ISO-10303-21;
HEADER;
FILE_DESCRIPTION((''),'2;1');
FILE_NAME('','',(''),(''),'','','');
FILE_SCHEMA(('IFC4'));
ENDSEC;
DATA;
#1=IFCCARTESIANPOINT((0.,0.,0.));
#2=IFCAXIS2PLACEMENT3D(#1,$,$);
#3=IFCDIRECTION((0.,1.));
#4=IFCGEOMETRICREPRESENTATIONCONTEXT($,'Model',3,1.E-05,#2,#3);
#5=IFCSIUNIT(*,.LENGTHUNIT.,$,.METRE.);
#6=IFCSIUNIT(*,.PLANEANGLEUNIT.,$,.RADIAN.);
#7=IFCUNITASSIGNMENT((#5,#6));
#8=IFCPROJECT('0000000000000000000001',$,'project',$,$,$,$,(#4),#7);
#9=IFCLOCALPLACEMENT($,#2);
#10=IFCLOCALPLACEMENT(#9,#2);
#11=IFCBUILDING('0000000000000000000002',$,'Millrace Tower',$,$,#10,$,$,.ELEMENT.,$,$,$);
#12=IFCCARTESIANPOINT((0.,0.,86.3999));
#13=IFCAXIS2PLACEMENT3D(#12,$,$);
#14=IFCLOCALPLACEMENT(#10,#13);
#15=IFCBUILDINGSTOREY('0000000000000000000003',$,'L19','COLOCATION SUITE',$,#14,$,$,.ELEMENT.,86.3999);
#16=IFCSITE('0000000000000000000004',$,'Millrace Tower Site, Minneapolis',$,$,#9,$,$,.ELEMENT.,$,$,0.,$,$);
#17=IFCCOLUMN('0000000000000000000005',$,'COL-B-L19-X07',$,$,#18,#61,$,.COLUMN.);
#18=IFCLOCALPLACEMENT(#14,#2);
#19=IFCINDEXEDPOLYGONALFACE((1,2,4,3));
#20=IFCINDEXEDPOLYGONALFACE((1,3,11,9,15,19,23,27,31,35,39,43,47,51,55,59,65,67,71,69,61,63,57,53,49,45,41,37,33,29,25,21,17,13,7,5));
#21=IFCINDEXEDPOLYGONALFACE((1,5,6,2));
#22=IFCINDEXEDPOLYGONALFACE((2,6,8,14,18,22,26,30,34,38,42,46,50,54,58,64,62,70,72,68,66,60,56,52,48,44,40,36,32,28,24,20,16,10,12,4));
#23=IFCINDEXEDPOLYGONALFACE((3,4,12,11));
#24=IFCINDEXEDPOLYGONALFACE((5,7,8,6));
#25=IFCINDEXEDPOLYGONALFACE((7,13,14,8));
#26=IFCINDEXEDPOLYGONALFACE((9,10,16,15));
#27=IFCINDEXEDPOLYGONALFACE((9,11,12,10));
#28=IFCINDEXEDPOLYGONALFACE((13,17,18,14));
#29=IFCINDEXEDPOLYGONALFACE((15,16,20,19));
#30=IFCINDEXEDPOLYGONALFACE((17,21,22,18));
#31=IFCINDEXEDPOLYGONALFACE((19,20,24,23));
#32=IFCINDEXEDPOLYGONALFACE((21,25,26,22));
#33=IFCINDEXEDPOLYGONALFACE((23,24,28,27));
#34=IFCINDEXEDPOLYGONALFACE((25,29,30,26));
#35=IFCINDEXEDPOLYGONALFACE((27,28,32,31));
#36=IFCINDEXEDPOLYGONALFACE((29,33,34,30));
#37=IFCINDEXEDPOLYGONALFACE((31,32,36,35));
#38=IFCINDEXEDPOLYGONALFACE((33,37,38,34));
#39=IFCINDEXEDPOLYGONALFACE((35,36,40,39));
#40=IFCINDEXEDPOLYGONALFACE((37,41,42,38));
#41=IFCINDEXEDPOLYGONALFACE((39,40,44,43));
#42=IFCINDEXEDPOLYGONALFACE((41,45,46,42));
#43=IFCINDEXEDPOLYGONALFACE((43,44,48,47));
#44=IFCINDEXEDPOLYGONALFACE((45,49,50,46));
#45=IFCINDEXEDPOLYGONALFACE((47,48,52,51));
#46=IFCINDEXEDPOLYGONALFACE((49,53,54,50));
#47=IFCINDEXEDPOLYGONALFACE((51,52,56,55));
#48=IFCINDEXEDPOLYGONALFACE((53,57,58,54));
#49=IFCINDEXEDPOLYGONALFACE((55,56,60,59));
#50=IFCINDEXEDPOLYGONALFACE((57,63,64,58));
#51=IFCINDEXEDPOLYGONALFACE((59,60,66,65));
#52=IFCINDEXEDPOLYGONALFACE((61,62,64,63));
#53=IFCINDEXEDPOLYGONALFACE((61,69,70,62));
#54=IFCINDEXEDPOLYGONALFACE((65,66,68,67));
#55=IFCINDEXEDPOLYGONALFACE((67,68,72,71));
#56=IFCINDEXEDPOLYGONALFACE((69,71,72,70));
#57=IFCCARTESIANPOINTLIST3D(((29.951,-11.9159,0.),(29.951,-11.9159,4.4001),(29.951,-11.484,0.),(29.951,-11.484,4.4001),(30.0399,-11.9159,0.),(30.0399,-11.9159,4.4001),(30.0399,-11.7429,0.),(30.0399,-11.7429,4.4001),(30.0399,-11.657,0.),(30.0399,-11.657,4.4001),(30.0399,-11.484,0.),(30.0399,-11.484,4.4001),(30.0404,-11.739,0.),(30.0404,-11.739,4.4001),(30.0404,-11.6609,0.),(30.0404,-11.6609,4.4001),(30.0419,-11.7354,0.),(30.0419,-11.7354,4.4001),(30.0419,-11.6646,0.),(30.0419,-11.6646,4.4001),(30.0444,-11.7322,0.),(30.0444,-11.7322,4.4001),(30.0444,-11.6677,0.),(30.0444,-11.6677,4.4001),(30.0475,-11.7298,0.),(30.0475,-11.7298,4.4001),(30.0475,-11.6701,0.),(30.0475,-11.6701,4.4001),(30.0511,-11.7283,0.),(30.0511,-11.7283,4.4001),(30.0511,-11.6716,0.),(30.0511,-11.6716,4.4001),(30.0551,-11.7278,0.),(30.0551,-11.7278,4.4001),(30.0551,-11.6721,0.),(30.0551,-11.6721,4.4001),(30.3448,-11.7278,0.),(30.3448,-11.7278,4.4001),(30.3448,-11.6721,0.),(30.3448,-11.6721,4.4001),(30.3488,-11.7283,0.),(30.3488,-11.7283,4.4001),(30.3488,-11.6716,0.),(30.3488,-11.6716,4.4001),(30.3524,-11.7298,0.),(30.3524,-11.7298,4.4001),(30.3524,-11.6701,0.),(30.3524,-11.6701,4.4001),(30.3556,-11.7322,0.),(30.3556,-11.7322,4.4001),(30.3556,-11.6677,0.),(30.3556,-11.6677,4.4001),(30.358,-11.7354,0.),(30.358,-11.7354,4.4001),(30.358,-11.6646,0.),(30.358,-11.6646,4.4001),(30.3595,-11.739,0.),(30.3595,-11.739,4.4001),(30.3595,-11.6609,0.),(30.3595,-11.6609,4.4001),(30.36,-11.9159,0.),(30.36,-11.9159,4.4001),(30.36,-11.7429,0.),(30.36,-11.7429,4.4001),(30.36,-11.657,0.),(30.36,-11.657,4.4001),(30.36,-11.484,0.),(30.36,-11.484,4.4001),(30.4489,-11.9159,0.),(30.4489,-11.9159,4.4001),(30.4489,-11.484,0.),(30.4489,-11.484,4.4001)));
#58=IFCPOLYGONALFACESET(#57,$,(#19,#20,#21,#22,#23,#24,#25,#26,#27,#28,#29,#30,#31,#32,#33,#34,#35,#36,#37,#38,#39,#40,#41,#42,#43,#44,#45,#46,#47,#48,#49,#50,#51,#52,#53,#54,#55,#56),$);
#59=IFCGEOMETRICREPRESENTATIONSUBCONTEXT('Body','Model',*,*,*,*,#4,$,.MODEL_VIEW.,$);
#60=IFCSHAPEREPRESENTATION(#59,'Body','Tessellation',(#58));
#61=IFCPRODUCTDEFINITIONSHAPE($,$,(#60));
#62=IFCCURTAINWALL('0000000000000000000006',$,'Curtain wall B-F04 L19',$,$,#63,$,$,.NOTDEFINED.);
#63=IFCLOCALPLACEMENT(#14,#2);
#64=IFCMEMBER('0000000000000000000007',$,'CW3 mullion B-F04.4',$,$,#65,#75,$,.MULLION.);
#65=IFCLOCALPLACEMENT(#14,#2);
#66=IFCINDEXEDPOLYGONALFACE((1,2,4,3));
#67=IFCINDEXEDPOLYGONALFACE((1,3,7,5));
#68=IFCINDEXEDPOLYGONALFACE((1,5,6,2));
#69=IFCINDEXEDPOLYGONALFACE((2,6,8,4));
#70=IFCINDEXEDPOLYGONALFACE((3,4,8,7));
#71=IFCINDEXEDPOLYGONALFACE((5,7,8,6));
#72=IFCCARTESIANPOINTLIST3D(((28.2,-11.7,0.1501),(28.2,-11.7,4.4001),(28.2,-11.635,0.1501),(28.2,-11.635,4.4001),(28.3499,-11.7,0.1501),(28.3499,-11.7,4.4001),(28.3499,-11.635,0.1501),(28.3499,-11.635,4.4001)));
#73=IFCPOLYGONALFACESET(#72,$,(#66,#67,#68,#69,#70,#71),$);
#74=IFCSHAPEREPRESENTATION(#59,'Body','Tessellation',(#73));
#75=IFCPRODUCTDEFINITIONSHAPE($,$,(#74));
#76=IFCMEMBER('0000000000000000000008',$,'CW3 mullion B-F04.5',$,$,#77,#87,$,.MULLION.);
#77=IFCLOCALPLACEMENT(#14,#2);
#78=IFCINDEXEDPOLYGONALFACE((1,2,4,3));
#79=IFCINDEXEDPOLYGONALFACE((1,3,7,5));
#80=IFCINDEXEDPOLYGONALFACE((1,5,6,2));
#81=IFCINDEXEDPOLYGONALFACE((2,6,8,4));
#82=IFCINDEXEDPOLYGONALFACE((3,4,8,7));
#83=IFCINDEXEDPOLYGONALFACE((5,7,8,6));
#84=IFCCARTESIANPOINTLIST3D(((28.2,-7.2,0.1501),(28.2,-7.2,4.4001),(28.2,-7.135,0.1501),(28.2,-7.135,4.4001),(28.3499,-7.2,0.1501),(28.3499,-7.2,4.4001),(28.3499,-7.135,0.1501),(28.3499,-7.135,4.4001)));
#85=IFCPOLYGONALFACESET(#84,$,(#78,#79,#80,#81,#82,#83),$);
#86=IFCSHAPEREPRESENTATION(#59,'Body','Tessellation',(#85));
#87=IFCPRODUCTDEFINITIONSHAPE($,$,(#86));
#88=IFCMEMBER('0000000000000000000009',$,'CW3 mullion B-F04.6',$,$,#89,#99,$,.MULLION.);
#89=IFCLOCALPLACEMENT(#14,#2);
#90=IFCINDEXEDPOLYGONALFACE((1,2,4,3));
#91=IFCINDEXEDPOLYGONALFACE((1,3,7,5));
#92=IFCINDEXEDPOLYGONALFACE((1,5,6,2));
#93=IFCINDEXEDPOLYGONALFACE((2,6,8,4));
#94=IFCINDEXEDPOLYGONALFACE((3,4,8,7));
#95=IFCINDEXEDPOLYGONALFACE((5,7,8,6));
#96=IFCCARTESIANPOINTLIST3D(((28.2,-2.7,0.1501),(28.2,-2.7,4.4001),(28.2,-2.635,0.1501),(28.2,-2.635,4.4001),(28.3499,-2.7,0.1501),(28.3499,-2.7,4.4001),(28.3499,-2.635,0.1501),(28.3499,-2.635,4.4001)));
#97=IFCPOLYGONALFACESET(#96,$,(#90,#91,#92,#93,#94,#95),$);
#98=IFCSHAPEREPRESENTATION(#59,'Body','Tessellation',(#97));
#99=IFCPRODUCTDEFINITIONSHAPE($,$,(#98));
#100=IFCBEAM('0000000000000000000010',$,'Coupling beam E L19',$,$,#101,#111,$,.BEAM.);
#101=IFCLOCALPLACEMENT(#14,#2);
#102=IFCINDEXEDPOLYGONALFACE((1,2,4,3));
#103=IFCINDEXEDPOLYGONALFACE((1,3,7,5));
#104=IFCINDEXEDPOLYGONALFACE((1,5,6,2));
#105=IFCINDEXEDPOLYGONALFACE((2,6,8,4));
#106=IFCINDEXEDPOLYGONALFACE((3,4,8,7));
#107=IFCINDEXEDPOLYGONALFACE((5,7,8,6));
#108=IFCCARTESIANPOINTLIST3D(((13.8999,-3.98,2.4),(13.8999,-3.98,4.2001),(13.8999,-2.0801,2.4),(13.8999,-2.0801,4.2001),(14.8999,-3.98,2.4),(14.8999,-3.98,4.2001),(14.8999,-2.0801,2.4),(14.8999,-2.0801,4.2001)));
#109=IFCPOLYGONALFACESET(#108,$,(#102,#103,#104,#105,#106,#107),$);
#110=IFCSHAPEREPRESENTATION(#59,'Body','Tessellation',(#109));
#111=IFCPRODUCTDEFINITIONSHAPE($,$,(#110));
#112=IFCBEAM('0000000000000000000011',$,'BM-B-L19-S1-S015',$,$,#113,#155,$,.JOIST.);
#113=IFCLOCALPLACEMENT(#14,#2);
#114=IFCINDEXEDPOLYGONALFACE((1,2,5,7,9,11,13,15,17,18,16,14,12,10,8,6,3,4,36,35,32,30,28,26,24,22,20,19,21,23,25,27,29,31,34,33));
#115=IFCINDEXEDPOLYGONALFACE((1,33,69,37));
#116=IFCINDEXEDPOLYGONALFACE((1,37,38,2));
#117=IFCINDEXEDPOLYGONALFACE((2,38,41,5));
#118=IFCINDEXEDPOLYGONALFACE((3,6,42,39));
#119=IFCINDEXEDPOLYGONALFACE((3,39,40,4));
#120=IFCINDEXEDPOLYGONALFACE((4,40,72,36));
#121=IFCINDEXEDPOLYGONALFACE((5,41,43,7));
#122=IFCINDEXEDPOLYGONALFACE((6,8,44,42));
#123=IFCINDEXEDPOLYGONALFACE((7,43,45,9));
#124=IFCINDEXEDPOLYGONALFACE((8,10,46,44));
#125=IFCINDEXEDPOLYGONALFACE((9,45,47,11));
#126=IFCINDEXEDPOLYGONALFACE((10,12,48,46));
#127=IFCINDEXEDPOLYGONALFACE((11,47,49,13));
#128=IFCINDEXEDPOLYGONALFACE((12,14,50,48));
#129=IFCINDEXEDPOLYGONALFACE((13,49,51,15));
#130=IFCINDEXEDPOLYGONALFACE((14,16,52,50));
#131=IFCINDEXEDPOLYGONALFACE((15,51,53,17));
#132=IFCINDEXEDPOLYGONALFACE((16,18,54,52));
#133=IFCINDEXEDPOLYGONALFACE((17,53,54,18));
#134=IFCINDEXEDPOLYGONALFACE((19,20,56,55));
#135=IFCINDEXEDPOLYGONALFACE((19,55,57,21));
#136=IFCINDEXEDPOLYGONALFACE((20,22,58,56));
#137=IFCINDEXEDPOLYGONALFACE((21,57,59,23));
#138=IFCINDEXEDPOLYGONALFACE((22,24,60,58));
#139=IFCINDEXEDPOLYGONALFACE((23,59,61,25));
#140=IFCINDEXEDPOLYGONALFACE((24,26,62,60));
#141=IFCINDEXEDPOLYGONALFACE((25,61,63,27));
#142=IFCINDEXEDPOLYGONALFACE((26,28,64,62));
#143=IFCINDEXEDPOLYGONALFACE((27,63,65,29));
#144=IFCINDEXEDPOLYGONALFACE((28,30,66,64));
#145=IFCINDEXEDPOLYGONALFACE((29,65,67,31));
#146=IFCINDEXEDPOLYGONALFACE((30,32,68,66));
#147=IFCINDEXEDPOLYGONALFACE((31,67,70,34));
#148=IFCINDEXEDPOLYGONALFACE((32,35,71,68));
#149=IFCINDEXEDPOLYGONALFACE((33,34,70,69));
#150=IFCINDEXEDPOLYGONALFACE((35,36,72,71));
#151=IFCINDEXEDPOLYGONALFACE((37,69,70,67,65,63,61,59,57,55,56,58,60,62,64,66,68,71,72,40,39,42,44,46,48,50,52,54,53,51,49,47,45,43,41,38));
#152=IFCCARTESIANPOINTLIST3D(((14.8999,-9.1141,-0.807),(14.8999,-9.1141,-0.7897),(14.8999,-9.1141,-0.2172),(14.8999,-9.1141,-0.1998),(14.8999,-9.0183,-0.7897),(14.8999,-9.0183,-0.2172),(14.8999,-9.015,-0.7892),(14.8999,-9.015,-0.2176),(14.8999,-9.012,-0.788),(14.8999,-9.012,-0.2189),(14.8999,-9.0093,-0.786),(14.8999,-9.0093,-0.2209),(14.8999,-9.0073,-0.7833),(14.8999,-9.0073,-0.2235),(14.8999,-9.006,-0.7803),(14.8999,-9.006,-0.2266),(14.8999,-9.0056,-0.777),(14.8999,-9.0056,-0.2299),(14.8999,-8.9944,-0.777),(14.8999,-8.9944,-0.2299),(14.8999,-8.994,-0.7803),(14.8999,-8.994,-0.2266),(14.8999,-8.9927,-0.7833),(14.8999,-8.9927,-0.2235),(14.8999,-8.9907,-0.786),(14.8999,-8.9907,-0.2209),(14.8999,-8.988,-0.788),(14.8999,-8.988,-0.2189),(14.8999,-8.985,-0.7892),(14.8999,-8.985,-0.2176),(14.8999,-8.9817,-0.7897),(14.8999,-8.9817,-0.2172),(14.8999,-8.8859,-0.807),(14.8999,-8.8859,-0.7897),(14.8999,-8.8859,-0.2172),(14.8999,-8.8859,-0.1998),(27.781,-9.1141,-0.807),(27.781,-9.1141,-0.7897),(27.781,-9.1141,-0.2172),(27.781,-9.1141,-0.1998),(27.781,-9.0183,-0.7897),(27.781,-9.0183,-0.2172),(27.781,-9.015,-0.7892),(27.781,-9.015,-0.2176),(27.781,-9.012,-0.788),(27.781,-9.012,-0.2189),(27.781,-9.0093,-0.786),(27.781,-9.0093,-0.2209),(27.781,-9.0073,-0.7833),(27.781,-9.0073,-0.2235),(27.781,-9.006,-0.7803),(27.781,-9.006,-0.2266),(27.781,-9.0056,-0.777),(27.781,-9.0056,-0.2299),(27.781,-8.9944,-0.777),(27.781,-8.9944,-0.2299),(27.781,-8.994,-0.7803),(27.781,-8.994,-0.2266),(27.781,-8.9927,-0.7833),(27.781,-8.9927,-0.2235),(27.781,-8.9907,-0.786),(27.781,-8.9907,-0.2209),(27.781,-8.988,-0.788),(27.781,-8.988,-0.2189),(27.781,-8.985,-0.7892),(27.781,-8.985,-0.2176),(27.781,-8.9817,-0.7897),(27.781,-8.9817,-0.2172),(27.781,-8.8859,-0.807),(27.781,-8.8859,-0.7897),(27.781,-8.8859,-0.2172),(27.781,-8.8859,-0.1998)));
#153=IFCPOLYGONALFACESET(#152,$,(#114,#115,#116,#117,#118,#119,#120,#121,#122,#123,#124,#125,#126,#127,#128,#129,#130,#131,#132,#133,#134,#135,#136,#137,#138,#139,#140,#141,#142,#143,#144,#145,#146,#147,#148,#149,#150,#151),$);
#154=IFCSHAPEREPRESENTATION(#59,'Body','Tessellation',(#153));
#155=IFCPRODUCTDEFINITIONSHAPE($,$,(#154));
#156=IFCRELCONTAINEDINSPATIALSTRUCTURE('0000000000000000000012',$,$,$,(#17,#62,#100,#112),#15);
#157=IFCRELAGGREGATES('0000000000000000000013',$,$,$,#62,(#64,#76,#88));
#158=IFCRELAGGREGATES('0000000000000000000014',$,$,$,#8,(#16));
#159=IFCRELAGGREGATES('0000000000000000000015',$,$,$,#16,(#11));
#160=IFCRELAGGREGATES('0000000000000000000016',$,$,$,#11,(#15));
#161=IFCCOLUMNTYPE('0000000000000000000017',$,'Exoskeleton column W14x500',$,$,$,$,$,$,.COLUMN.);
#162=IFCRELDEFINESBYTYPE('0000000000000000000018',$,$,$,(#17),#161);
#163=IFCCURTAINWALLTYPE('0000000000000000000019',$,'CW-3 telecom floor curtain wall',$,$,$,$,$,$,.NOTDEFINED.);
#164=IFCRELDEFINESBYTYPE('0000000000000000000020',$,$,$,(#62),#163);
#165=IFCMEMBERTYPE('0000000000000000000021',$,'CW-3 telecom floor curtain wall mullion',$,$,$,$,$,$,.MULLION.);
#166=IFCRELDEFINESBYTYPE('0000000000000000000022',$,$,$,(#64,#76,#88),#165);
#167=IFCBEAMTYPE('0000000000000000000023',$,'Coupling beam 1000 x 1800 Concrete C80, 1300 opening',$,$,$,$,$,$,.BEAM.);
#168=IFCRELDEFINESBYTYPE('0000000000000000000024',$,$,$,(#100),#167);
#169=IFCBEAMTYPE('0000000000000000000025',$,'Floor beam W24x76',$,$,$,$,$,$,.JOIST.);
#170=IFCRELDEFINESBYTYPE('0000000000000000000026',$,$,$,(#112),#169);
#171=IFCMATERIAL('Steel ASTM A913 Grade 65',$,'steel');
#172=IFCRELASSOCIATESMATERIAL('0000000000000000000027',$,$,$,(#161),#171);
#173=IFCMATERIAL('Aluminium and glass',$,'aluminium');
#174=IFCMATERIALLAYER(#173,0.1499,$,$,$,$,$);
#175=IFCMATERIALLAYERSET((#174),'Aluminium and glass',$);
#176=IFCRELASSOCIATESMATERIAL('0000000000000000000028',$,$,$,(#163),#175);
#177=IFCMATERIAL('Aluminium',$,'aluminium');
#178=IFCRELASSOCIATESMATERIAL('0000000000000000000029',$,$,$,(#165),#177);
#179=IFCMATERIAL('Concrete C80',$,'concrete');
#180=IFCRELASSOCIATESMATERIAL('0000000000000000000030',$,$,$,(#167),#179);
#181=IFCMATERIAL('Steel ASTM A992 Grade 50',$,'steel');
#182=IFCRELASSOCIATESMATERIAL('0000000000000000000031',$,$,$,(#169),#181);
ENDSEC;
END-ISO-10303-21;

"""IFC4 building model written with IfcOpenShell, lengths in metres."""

from ifc_helpers import new_model, si_unit, direction, frame, origin, origin_2d, place, context, subcontext, project, spatial, rectangle, i_section, extrude, material, layer, layer_set, material_profile, profile_set, type_object, element, aggregate, save


model = new_model("IFC4")

# Units and contexts
model_context = context("Model", 3, precision=1e-05, world=origin(), true_north=direction((0.0, 1.0)))
body_context = subcontext(model_context, "Body", "Model", "MODEL_VIEW")
ifc_project = project(units=[si_unit("LENGTHUNIT", "METRE"), si_unit("PLANEANGLEUNIT", "RADIAN")], contexts=[model_context])

# Site, building, storey
site_placement = place(None, origin())
site = spatial("IfcSite", under=ifc_project, at=site_placement, Name="Millrace Tower Site, Minneapolis", CompositionType="ELEMENT", RefElevation=0.0)
building_placement = place(site_placement, origin())
building = spatial("IfcBuilding", under=site, at=building_placement, Name="Millrace Tower", CompositionType="ELEMENT")
storey_placement = place(building_placement, frame((0.0, 0.0, 86.3999)))
storey = spatial("IfcBuildingStorey", under=building, at=storey_placement, Name="L19", Description="COLOCATION SUITE", CompositionType="ELEMENT", Elevation=86.3999)

# Column
ifc_material_1 = material(Name="Steel ASTM A913 Grade 65", Category="steel")
ifc_material_profile_1 = material_profile(ifc_material_1, i_section(OverallWidth=0.4319, OverallDepth=0.4978, WebThickness=0.0557, FlangeThickness=0.0889, FilletRadius=0.0151, at=origin_2d()))
ifc_profile_set_1 = profile_set([ifc_material_profile_1], Name="Steel ASTM A913 Grade 65")
column_type = type_object("IfcColumnType", Name="Exoskeleton column W14x500", PredefinedType="COLUMN", material=ifc_profile_set_1)
column_placement = place(storey_placement, frame((30.2, -11.7, 0.0), z_axis=(0.0, 0.0, 1.0), x_axis=(0.0, 1.0, 0.0)))
element("IfcColumn", 1, at=column_placement, inside=storey, type_object=column_type, Name="COL-B-L19-X07", PredefinedType="COLUMN", context=body_context, shape_type="SweptSolid", body=[
    extrude(i_section(OverallWidth=0.4319, OverallDepth=0.4978, WebThickness=0.0557, FlangeThickness=0.0889, FilletRadius=0.0151, at=origin_2d()), origin(), (0.0, 0.0, 1.0), 4.4001),
])

# Curtain wall, members
ifc_material_2 = material(Name="Aluminium and glass", Category="aluminium")
ifc_layer_1 = layer(ifc_material_2, 0.1499)
ifc_layer_set_1 = layer_set([ifc_layer_1], Name="Aluminium and glass")
curtain_wall_type = type_object("IfcCurtainWallType", Name="CW-3 telecom floor curtain wall", PredefinedType="NOTDEFINED", material=ifc_layer_set_1)
placement = place(storey_placement, origin())
curtain_wall = element("IfcCurtainWall", 2, at=placement, inside=storey, type_object=curtain_wall_type, Name="Curtain wall B-F04 L19", PredefinedType="NOTDEFINED")
ifc_material_3 = material(Name="Aluminium", Category="aluminium")
ifc_material_profile_2 = material_profile(ifc_material_3, rectangle(XDim=0.0649, YDim=0.1499, at=origin_2d()))
ifc_profile_set_2 = profile_set([ifc_material_profile_2], Name="Aluminium")
member_type = type_object("IfcMemberType", Name="CW-3 telecom floor curtain wall mullion", PredefinedType="MULLION", material=ifc_profile_set_2)
member_1_placement = place(storey_placement, frame((28.2749, -11.6675, 0.1501), z_axis=(0.0, 0.0, 1.0), x_axis=(0.0, 1.0, 0.0)))
member_1 = element("IfcMember", 3, at=member_1_placement, type_object=member_type, Name="CW3 mullion B-F04.4", PredefinedType="MULLION", context=body_context, shape_type="SweptSolid", body=[
    extrude(rectangle(XDim=0.0649, YDim=0.1499, at=origin_2d()), origin(), (0.0, 0.0, 1.0), 4.25),
])
member_2_placement = place(storey_placement, frame((28.2749, -7.1675, 0.1501), z_axis=(0.0, 0.0, 1.0), x_axis=(0.0, 1.0, 0.0)))
member_2 = element("IfcMember", 4, at=member_2_placement, type_object=member_type, Name="CW3 mullion B-F04.5", PredefinedType="MULLION", context=body_context, shape_type="SweptSolid", body=[
    extrude(rectangle(XDim=0.0649, YDim=0.1499, at=origin_2d()), origin(), (0.0, 0.0, 1.0), 4.25),
])
member_3_placement = place(storey_placement, frame((28.2749, -2.6675, 0.1501), z_axis=(0.0, 0.0, 1.0), x_axis=(0.0, 1.0, 0.0)))
member_3 = element("IfcMember", 5, at=member_3_placement, type_object=member_type, Name="CW3 mullion B-F04.6", PredefinedType="MULLION", context=body_context, shape_type="SweptSolid", body=[
    extrude(rectangle(XDim=0.0649, YDim=0.1499, at=origin_2d()), origin(), (0.0, 0.0, 1.0), 4.25),
])
aggregate(curtain_wall, [member_1, member_2, member_3])

# Beams
ifc_material_4 = material(Name="Concrete C80", Category="concrete")
ifc_material_profile_3 = material_profile(ifc_material_4, rectangle(XDim=1.0, YDim=1.8, at=origin_2d()))
ifc_profile_set_3 = profile_set([ifc_material_profile_3], Name="Concrete C80")
beam_type_1 = type_object("IfcBeamType", Name="Coupling beam 1000 x 1800 Concrete C80, 1300 opening", PredefinedType="BEAM", material=ifc_profile_set_3)
beam_1_placement = place(storey_placement, frame((14.3999, -2.0801, 3.3), z_axis=(0.0, -1.0, 0.0), x_axis=(1.0, 0.0, 0.0)))
element("IfcBeam", 6, at=beam_1_placement, inside=storey, type_object=beam_type_1, Name="Coupling beam E L19", PredefinedType="BEAM", context=body_context, shape_type="SweptSolid", body=[
    extrude(rectangle(XDim=1.0, YDim=1.8, at=origin_2d()), origin(), (0.0, 0.0, 1.0), 1.8999),
])
ifc_material_5 = material(Name="Steel ASTM A992 Grade 50", Category="steel")
ifc_material_profile_4 = material_profile(ifc_material_5, i_section(OverallWidth=0.2283, OverallDepth=0.6072, WebThickness=0.0112, FlangeThickness=0.0173, FilletRadius=0.0127, at=origin_2d()))
ifc_profile_set_4 = profile_set([ifc_material_profile_4], Name="Steel ASTM A992 Grade 50")
beam_type_2 = type_object("IfcBeamType", Name="Floor beam W24x76", PredefinedType="JOIST", material=ifc_profile_set_4)
for number, where, z_axis, x_axis, name in (
    (7, (14.8999, -9.0, -0.5034), (1.0, 0.0, 0.0), (0.0, 1.0, 0.0), "BM-B-L19-S1-S015"),
):
    element("IfcBeam", number, at=place(storey_placement, frame(where, z_axis=z_axis, x_axis=x_axis)), inside=storey, type_object=beam_type_2, Name=name, PredefinedType="JOIST", context=body_context, shape_type="SweptSolid", body=[
        extrude(i_section(OverallWidth=0.2283, OverallDepth=0.6072, WebThickness=0.0112, FlangeThickness=0.0173, FilletRadius=0.0127, at=origin_2d()), origin(), (0.0, 0.0, 1.0), 12.8811),
    ])

save(model, "model.ifc")
